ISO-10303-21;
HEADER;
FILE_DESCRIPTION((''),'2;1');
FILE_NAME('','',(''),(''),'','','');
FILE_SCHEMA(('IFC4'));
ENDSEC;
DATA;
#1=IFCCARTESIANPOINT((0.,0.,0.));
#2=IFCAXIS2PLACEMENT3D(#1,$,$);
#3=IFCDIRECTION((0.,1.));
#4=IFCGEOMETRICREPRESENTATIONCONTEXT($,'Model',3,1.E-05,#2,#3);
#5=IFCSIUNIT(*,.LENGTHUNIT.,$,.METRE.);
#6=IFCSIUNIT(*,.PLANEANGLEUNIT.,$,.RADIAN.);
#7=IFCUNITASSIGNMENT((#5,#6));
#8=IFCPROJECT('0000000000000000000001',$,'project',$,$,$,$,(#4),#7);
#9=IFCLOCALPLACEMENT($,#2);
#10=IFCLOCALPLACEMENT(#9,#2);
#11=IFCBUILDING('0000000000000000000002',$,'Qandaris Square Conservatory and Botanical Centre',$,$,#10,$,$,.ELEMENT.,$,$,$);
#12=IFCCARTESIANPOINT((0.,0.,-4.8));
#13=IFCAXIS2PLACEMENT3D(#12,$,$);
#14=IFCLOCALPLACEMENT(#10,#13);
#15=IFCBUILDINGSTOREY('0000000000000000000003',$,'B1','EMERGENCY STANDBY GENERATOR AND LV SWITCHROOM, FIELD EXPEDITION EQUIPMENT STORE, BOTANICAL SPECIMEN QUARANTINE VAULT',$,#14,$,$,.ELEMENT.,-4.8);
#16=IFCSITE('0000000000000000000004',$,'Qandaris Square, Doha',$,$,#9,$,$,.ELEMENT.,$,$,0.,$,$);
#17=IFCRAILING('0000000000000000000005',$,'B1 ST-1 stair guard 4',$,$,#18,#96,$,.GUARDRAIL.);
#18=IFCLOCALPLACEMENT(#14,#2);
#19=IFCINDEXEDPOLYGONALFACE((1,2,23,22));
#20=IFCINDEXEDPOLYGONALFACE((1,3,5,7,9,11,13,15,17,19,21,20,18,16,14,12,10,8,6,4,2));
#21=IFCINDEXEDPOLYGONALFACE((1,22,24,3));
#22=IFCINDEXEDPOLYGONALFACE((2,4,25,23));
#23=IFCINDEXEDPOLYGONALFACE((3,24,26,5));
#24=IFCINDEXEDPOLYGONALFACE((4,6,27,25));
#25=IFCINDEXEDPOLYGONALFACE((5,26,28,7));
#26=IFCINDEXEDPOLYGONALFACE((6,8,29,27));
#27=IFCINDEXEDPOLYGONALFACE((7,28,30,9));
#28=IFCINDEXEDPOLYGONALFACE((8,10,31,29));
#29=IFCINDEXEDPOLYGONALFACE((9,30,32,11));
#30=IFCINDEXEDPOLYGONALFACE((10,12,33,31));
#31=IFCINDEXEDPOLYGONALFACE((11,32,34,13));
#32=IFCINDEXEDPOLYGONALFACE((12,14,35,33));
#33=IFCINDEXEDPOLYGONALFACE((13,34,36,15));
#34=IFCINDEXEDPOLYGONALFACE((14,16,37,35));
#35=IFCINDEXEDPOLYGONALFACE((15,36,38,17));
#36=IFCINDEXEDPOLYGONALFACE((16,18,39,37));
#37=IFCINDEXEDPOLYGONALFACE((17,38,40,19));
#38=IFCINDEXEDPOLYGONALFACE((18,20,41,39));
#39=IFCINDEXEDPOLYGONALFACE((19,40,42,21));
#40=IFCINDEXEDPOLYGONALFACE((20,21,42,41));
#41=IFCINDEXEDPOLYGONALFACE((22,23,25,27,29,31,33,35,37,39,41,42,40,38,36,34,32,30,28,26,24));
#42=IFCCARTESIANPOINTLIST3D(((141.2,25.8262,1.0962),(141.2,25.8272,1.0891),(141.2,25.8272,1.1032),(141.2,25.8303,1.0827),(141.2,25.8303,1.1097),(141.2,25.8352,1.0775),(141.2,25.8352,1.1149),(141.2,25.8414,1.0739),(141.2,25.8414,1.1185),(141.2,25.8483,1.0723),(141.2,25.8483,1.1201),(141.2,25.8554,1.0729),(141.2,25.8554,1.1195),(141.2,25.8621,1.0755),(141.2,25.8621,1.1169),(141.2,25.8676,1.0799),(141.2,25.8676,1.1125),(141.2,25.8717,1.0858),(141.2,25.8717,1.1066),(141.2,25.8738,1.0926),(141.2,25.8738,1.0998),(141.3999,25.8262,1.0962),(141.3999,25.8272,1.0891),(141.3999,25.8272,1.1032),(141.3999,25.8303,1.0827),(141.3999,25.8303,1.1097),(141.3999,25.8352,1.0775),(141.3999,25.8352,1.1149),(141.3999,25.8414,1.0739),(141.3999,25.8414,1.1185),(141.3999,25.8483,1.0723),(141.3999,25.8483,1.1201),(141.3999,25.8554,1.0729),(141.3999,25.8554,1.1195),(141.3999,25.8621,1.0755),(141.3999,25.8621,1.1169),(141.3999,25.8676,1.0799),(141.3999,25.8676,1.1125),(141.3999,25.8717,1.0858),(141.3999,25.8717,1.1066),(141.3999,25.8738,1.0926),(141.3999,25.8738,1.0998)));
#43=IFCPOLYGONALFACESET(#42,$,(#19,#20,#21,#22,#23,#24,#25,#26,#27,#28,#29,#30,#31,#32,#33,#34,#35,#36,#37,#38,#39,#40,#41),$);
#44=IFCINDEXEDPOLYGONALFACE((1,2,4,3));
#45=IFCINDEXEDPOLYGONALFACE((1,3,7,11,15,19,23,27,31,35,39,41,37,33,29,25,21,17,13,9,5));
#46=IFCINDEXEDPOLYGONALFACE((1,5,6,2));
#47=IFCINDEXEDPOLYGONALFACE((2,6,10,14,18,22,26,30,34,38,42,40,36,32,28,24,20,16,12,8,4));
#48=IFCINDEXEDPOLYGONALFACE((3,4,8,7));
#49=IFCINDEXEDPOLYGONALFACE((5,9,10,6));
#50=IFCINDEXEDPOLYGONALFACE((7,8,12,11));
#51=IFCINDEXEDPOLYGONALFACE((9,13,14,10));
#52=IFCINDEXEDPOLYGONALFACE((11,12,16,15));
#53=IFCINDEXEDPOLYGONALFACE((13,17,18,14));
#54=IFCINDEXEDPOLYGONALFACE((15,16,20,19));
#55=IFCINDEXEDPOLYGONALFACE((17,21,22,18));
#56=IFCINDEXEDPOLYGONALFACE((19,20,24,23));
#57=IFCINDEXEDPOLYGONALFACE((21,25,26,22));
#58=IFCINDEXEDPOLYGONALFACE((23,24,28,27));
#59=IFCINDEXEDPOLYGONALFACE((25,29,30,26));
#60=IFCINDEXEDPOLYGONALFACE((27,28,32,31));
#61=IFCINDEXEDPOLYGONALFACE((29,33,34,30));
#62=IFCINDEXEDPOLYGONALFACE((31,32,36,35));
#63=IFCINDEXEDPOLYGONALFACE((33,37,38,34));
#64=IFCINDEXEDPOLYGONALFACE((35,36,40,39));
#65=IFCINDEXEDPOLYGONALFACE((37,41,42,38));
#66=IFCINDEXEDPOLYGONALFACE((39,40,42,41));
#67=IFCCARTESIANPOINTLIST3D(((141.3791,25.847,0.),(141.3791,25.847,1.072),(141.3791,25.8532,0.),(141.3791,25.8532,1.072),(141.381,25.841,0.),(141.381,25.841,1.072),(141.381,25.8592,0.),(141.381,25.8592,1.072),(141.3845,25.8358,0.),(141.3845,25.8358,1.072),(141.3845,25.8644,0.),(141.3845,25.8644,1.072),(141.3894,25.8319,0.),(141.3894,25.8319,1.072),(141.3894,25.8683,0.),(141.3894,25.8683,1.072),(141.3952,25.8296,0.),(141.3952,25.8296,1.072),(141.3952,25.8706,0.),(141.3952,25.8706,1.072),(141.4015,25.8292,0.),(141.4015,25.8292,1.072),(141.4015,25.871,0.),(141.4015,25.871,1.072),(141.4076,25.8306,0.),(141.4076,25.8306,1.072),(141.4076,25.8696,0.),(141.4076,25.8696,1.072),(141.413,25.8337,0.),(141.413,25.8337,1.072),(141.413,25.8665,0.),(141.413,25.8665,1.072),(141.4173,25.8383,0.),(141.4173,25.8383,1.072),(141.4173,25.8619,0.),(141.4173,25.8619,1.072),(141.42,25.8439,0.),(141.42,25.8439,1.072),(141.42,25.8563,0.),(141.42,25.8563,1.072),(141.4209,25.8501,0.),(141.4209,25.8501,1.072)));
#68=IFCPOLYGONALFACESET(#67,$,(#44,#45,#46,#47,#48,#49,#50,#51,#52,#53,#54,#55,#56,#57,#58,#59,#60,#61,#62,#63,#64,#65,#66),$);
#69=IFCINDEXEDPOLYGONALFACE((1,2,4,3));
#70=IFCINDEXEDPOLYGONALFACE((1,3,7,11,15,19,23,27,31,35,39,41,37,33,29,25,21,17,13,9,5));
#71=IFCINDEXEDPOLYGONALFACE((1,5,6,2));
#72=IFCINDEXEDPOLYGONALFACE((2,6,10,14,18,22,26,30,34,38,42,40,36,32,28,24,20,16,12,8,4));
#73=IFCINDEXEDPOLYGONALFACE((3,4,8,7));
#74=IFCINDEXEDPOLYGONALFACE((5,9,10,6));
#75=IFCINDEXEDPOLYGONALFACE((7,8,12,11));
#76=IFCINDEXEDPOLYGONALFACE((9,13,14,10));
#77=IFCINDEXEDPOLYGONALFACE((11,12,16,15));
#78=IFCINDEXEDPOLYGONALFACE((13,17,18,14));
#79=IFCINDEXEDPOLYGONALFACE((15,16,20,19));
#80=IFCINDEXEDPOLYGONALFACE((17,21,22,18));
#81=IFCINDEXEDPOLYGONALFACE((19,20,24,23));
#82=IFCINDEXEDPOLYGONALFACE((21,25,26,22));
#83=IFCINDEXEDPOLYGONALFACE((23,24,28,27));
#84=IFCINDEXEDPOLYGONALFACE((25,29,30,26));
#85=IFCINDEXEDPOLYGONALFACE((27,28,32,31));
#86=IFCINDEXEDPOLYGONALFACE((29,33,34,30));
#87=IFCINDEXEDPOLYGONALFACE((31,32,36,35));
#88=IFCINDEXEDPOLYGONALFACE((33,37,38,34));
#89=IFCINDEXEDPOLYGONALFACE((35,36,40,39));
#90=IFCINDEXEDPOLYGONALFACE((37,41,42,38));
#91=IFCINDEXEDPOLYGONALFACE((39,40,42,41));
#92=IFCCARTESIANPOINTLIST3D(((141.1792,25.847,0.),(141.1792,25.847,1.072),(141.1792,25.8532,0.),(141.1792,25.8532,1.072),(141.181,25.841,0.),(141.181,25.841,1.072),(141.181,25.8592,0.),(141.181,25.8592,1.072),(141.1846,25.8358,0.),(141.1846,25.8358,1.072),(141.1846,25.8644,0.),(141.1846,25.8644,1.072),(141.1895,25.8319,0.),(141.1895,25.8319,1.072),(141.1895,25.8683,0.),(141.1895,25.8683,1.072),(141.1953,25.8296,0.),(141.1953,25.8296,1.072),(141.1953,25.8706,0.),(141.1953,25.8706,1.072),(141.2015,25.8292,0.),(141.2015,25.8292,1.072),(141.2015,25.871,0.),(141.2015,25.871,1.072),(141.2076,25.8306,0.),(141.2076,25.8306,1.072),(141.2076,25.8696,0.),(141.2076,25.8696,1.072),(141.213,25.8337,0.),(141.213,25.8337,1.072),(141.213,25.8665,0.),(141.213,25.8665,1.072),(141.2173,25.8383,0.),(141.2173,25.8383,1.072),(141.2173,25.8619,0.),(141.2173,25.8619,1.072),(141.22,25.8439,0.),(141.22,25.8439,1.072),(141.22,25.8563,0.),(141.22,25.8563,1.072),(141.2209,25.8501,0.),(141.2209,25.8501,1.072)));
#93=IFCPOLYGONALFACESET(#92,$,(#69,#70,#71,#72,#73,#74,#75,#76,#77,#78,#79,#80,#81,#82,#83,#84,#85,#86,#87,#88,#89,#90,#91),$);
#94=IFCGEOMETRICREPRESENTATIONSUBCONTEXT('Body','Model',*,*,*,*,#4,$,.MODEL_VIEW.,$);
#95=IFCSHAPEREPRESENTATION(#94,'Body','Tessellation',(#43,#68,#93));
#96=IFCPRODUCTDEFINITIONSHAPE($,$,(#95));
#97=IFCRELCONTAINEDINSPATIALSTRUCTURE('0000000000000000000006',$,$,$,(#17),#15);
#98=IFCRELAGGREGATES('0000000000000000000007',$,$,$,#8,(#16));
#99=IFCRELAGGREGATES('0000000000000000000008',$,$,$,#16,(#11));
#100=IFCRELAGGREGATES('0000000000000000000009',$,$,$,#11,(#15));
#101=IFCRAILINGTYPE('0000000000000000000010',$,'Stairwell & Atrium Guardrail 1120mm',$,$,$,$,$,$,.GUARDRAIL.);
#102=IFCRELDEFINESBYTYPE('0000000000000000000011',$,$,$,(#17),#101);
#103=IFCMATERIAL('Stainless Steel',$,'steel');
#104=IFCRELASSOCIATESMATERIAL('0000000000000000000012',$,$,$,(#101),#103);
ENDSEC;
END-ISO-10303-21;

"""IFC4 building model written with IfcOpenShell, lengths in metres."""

from ifc_helpers import new_model, si_unit, direction, frame, origin, origin_2d, place, context, subcontext, project, spatial, circle, extrude, material, type_object, element, save


model = new_model("IFC4")

# Units and contexts
model_context = context("Model", 3, precision=1e-05, world=origin(), true_north=direction((0.0, 1.0)))
body_context = subcontext(model_context, "Body", "Model", "MODEL_VIEW")
ifc_project = project(units=[si_unit("LENGTHUNIT", "METRE"), si_unit("PLANEANGLEUNIT", "RADIAN")], contexts=[model_context])

# Site, building, storey
site_placement = place(None, origin())
site = spatial("IfcSite", under=ifc_project, at=site_placement, Name="Qandaris Square, Doha", CompositionType="ELEMENT", RefElevation=0.0)
building_placement = place(site_placement, origin())
building = spatial("IfcBuilding", under=site, at=building_placement, Name="Qandaris Square Conservatory and Botanical Centre", CompositionType="ELEMENT")
storey_placement = place(building_placement, frame((0.0, 0.0, -4.8)))
storey = spatial("IfcBuildingStorey", under=building, at=storey_placement, Name="B1", Description="EMERGENCY STANDBY GENERATOR AND LV SWITCHROOM, FIELD EXPEDITION EQUIPMENT STORE, BOTANICAL SPECIMEN QUARANTINE VAULT", CompositionType="ELEMENT", Elevation=-4.8)

# Railing
ifc_material_1 = material(Name="Stainless Steel", Category="steel")
railing_type_1 = type_object("IfcRailingType", Name="Stairwell & Atrium Guardrail 1120mm", PredefinedType="GUARDRAIL", material=ifc_material_1)
railing_1_placement = place(storey_placement, frame((141.3999, 25.8501, 0.0)))
element("IfcRailing", 1, at=railing_1_placement, inside=storey, type_object=railing_type_1, Name="B1 ST-1 stair guard 4", PredefinedType="GUARDRAIL", context=body_context, shape_type="SweptSolid", body=[
    extrude(circle(Radius=0.0239, at=origin_2d()), frame((0.0, 0.0, 1.0962), z_axis=(-1.0, 0.0, 0.0), x_axis=(0.0, -1.0, 0.0)), (0.0, 0.0, 1.0), 0.2),
    extrude(circle(Radius=0.021, at=origin_2d()), origin(), (0.0, 0.0, 1.0), 1.072),
    extrude(circle(Radius=0.021, at=origin_2d()), frame((-0.2, 0.0, 0.0)), (0.0, 0.0, 1.0), 1.072),
])

save(model, "model.ifc")
